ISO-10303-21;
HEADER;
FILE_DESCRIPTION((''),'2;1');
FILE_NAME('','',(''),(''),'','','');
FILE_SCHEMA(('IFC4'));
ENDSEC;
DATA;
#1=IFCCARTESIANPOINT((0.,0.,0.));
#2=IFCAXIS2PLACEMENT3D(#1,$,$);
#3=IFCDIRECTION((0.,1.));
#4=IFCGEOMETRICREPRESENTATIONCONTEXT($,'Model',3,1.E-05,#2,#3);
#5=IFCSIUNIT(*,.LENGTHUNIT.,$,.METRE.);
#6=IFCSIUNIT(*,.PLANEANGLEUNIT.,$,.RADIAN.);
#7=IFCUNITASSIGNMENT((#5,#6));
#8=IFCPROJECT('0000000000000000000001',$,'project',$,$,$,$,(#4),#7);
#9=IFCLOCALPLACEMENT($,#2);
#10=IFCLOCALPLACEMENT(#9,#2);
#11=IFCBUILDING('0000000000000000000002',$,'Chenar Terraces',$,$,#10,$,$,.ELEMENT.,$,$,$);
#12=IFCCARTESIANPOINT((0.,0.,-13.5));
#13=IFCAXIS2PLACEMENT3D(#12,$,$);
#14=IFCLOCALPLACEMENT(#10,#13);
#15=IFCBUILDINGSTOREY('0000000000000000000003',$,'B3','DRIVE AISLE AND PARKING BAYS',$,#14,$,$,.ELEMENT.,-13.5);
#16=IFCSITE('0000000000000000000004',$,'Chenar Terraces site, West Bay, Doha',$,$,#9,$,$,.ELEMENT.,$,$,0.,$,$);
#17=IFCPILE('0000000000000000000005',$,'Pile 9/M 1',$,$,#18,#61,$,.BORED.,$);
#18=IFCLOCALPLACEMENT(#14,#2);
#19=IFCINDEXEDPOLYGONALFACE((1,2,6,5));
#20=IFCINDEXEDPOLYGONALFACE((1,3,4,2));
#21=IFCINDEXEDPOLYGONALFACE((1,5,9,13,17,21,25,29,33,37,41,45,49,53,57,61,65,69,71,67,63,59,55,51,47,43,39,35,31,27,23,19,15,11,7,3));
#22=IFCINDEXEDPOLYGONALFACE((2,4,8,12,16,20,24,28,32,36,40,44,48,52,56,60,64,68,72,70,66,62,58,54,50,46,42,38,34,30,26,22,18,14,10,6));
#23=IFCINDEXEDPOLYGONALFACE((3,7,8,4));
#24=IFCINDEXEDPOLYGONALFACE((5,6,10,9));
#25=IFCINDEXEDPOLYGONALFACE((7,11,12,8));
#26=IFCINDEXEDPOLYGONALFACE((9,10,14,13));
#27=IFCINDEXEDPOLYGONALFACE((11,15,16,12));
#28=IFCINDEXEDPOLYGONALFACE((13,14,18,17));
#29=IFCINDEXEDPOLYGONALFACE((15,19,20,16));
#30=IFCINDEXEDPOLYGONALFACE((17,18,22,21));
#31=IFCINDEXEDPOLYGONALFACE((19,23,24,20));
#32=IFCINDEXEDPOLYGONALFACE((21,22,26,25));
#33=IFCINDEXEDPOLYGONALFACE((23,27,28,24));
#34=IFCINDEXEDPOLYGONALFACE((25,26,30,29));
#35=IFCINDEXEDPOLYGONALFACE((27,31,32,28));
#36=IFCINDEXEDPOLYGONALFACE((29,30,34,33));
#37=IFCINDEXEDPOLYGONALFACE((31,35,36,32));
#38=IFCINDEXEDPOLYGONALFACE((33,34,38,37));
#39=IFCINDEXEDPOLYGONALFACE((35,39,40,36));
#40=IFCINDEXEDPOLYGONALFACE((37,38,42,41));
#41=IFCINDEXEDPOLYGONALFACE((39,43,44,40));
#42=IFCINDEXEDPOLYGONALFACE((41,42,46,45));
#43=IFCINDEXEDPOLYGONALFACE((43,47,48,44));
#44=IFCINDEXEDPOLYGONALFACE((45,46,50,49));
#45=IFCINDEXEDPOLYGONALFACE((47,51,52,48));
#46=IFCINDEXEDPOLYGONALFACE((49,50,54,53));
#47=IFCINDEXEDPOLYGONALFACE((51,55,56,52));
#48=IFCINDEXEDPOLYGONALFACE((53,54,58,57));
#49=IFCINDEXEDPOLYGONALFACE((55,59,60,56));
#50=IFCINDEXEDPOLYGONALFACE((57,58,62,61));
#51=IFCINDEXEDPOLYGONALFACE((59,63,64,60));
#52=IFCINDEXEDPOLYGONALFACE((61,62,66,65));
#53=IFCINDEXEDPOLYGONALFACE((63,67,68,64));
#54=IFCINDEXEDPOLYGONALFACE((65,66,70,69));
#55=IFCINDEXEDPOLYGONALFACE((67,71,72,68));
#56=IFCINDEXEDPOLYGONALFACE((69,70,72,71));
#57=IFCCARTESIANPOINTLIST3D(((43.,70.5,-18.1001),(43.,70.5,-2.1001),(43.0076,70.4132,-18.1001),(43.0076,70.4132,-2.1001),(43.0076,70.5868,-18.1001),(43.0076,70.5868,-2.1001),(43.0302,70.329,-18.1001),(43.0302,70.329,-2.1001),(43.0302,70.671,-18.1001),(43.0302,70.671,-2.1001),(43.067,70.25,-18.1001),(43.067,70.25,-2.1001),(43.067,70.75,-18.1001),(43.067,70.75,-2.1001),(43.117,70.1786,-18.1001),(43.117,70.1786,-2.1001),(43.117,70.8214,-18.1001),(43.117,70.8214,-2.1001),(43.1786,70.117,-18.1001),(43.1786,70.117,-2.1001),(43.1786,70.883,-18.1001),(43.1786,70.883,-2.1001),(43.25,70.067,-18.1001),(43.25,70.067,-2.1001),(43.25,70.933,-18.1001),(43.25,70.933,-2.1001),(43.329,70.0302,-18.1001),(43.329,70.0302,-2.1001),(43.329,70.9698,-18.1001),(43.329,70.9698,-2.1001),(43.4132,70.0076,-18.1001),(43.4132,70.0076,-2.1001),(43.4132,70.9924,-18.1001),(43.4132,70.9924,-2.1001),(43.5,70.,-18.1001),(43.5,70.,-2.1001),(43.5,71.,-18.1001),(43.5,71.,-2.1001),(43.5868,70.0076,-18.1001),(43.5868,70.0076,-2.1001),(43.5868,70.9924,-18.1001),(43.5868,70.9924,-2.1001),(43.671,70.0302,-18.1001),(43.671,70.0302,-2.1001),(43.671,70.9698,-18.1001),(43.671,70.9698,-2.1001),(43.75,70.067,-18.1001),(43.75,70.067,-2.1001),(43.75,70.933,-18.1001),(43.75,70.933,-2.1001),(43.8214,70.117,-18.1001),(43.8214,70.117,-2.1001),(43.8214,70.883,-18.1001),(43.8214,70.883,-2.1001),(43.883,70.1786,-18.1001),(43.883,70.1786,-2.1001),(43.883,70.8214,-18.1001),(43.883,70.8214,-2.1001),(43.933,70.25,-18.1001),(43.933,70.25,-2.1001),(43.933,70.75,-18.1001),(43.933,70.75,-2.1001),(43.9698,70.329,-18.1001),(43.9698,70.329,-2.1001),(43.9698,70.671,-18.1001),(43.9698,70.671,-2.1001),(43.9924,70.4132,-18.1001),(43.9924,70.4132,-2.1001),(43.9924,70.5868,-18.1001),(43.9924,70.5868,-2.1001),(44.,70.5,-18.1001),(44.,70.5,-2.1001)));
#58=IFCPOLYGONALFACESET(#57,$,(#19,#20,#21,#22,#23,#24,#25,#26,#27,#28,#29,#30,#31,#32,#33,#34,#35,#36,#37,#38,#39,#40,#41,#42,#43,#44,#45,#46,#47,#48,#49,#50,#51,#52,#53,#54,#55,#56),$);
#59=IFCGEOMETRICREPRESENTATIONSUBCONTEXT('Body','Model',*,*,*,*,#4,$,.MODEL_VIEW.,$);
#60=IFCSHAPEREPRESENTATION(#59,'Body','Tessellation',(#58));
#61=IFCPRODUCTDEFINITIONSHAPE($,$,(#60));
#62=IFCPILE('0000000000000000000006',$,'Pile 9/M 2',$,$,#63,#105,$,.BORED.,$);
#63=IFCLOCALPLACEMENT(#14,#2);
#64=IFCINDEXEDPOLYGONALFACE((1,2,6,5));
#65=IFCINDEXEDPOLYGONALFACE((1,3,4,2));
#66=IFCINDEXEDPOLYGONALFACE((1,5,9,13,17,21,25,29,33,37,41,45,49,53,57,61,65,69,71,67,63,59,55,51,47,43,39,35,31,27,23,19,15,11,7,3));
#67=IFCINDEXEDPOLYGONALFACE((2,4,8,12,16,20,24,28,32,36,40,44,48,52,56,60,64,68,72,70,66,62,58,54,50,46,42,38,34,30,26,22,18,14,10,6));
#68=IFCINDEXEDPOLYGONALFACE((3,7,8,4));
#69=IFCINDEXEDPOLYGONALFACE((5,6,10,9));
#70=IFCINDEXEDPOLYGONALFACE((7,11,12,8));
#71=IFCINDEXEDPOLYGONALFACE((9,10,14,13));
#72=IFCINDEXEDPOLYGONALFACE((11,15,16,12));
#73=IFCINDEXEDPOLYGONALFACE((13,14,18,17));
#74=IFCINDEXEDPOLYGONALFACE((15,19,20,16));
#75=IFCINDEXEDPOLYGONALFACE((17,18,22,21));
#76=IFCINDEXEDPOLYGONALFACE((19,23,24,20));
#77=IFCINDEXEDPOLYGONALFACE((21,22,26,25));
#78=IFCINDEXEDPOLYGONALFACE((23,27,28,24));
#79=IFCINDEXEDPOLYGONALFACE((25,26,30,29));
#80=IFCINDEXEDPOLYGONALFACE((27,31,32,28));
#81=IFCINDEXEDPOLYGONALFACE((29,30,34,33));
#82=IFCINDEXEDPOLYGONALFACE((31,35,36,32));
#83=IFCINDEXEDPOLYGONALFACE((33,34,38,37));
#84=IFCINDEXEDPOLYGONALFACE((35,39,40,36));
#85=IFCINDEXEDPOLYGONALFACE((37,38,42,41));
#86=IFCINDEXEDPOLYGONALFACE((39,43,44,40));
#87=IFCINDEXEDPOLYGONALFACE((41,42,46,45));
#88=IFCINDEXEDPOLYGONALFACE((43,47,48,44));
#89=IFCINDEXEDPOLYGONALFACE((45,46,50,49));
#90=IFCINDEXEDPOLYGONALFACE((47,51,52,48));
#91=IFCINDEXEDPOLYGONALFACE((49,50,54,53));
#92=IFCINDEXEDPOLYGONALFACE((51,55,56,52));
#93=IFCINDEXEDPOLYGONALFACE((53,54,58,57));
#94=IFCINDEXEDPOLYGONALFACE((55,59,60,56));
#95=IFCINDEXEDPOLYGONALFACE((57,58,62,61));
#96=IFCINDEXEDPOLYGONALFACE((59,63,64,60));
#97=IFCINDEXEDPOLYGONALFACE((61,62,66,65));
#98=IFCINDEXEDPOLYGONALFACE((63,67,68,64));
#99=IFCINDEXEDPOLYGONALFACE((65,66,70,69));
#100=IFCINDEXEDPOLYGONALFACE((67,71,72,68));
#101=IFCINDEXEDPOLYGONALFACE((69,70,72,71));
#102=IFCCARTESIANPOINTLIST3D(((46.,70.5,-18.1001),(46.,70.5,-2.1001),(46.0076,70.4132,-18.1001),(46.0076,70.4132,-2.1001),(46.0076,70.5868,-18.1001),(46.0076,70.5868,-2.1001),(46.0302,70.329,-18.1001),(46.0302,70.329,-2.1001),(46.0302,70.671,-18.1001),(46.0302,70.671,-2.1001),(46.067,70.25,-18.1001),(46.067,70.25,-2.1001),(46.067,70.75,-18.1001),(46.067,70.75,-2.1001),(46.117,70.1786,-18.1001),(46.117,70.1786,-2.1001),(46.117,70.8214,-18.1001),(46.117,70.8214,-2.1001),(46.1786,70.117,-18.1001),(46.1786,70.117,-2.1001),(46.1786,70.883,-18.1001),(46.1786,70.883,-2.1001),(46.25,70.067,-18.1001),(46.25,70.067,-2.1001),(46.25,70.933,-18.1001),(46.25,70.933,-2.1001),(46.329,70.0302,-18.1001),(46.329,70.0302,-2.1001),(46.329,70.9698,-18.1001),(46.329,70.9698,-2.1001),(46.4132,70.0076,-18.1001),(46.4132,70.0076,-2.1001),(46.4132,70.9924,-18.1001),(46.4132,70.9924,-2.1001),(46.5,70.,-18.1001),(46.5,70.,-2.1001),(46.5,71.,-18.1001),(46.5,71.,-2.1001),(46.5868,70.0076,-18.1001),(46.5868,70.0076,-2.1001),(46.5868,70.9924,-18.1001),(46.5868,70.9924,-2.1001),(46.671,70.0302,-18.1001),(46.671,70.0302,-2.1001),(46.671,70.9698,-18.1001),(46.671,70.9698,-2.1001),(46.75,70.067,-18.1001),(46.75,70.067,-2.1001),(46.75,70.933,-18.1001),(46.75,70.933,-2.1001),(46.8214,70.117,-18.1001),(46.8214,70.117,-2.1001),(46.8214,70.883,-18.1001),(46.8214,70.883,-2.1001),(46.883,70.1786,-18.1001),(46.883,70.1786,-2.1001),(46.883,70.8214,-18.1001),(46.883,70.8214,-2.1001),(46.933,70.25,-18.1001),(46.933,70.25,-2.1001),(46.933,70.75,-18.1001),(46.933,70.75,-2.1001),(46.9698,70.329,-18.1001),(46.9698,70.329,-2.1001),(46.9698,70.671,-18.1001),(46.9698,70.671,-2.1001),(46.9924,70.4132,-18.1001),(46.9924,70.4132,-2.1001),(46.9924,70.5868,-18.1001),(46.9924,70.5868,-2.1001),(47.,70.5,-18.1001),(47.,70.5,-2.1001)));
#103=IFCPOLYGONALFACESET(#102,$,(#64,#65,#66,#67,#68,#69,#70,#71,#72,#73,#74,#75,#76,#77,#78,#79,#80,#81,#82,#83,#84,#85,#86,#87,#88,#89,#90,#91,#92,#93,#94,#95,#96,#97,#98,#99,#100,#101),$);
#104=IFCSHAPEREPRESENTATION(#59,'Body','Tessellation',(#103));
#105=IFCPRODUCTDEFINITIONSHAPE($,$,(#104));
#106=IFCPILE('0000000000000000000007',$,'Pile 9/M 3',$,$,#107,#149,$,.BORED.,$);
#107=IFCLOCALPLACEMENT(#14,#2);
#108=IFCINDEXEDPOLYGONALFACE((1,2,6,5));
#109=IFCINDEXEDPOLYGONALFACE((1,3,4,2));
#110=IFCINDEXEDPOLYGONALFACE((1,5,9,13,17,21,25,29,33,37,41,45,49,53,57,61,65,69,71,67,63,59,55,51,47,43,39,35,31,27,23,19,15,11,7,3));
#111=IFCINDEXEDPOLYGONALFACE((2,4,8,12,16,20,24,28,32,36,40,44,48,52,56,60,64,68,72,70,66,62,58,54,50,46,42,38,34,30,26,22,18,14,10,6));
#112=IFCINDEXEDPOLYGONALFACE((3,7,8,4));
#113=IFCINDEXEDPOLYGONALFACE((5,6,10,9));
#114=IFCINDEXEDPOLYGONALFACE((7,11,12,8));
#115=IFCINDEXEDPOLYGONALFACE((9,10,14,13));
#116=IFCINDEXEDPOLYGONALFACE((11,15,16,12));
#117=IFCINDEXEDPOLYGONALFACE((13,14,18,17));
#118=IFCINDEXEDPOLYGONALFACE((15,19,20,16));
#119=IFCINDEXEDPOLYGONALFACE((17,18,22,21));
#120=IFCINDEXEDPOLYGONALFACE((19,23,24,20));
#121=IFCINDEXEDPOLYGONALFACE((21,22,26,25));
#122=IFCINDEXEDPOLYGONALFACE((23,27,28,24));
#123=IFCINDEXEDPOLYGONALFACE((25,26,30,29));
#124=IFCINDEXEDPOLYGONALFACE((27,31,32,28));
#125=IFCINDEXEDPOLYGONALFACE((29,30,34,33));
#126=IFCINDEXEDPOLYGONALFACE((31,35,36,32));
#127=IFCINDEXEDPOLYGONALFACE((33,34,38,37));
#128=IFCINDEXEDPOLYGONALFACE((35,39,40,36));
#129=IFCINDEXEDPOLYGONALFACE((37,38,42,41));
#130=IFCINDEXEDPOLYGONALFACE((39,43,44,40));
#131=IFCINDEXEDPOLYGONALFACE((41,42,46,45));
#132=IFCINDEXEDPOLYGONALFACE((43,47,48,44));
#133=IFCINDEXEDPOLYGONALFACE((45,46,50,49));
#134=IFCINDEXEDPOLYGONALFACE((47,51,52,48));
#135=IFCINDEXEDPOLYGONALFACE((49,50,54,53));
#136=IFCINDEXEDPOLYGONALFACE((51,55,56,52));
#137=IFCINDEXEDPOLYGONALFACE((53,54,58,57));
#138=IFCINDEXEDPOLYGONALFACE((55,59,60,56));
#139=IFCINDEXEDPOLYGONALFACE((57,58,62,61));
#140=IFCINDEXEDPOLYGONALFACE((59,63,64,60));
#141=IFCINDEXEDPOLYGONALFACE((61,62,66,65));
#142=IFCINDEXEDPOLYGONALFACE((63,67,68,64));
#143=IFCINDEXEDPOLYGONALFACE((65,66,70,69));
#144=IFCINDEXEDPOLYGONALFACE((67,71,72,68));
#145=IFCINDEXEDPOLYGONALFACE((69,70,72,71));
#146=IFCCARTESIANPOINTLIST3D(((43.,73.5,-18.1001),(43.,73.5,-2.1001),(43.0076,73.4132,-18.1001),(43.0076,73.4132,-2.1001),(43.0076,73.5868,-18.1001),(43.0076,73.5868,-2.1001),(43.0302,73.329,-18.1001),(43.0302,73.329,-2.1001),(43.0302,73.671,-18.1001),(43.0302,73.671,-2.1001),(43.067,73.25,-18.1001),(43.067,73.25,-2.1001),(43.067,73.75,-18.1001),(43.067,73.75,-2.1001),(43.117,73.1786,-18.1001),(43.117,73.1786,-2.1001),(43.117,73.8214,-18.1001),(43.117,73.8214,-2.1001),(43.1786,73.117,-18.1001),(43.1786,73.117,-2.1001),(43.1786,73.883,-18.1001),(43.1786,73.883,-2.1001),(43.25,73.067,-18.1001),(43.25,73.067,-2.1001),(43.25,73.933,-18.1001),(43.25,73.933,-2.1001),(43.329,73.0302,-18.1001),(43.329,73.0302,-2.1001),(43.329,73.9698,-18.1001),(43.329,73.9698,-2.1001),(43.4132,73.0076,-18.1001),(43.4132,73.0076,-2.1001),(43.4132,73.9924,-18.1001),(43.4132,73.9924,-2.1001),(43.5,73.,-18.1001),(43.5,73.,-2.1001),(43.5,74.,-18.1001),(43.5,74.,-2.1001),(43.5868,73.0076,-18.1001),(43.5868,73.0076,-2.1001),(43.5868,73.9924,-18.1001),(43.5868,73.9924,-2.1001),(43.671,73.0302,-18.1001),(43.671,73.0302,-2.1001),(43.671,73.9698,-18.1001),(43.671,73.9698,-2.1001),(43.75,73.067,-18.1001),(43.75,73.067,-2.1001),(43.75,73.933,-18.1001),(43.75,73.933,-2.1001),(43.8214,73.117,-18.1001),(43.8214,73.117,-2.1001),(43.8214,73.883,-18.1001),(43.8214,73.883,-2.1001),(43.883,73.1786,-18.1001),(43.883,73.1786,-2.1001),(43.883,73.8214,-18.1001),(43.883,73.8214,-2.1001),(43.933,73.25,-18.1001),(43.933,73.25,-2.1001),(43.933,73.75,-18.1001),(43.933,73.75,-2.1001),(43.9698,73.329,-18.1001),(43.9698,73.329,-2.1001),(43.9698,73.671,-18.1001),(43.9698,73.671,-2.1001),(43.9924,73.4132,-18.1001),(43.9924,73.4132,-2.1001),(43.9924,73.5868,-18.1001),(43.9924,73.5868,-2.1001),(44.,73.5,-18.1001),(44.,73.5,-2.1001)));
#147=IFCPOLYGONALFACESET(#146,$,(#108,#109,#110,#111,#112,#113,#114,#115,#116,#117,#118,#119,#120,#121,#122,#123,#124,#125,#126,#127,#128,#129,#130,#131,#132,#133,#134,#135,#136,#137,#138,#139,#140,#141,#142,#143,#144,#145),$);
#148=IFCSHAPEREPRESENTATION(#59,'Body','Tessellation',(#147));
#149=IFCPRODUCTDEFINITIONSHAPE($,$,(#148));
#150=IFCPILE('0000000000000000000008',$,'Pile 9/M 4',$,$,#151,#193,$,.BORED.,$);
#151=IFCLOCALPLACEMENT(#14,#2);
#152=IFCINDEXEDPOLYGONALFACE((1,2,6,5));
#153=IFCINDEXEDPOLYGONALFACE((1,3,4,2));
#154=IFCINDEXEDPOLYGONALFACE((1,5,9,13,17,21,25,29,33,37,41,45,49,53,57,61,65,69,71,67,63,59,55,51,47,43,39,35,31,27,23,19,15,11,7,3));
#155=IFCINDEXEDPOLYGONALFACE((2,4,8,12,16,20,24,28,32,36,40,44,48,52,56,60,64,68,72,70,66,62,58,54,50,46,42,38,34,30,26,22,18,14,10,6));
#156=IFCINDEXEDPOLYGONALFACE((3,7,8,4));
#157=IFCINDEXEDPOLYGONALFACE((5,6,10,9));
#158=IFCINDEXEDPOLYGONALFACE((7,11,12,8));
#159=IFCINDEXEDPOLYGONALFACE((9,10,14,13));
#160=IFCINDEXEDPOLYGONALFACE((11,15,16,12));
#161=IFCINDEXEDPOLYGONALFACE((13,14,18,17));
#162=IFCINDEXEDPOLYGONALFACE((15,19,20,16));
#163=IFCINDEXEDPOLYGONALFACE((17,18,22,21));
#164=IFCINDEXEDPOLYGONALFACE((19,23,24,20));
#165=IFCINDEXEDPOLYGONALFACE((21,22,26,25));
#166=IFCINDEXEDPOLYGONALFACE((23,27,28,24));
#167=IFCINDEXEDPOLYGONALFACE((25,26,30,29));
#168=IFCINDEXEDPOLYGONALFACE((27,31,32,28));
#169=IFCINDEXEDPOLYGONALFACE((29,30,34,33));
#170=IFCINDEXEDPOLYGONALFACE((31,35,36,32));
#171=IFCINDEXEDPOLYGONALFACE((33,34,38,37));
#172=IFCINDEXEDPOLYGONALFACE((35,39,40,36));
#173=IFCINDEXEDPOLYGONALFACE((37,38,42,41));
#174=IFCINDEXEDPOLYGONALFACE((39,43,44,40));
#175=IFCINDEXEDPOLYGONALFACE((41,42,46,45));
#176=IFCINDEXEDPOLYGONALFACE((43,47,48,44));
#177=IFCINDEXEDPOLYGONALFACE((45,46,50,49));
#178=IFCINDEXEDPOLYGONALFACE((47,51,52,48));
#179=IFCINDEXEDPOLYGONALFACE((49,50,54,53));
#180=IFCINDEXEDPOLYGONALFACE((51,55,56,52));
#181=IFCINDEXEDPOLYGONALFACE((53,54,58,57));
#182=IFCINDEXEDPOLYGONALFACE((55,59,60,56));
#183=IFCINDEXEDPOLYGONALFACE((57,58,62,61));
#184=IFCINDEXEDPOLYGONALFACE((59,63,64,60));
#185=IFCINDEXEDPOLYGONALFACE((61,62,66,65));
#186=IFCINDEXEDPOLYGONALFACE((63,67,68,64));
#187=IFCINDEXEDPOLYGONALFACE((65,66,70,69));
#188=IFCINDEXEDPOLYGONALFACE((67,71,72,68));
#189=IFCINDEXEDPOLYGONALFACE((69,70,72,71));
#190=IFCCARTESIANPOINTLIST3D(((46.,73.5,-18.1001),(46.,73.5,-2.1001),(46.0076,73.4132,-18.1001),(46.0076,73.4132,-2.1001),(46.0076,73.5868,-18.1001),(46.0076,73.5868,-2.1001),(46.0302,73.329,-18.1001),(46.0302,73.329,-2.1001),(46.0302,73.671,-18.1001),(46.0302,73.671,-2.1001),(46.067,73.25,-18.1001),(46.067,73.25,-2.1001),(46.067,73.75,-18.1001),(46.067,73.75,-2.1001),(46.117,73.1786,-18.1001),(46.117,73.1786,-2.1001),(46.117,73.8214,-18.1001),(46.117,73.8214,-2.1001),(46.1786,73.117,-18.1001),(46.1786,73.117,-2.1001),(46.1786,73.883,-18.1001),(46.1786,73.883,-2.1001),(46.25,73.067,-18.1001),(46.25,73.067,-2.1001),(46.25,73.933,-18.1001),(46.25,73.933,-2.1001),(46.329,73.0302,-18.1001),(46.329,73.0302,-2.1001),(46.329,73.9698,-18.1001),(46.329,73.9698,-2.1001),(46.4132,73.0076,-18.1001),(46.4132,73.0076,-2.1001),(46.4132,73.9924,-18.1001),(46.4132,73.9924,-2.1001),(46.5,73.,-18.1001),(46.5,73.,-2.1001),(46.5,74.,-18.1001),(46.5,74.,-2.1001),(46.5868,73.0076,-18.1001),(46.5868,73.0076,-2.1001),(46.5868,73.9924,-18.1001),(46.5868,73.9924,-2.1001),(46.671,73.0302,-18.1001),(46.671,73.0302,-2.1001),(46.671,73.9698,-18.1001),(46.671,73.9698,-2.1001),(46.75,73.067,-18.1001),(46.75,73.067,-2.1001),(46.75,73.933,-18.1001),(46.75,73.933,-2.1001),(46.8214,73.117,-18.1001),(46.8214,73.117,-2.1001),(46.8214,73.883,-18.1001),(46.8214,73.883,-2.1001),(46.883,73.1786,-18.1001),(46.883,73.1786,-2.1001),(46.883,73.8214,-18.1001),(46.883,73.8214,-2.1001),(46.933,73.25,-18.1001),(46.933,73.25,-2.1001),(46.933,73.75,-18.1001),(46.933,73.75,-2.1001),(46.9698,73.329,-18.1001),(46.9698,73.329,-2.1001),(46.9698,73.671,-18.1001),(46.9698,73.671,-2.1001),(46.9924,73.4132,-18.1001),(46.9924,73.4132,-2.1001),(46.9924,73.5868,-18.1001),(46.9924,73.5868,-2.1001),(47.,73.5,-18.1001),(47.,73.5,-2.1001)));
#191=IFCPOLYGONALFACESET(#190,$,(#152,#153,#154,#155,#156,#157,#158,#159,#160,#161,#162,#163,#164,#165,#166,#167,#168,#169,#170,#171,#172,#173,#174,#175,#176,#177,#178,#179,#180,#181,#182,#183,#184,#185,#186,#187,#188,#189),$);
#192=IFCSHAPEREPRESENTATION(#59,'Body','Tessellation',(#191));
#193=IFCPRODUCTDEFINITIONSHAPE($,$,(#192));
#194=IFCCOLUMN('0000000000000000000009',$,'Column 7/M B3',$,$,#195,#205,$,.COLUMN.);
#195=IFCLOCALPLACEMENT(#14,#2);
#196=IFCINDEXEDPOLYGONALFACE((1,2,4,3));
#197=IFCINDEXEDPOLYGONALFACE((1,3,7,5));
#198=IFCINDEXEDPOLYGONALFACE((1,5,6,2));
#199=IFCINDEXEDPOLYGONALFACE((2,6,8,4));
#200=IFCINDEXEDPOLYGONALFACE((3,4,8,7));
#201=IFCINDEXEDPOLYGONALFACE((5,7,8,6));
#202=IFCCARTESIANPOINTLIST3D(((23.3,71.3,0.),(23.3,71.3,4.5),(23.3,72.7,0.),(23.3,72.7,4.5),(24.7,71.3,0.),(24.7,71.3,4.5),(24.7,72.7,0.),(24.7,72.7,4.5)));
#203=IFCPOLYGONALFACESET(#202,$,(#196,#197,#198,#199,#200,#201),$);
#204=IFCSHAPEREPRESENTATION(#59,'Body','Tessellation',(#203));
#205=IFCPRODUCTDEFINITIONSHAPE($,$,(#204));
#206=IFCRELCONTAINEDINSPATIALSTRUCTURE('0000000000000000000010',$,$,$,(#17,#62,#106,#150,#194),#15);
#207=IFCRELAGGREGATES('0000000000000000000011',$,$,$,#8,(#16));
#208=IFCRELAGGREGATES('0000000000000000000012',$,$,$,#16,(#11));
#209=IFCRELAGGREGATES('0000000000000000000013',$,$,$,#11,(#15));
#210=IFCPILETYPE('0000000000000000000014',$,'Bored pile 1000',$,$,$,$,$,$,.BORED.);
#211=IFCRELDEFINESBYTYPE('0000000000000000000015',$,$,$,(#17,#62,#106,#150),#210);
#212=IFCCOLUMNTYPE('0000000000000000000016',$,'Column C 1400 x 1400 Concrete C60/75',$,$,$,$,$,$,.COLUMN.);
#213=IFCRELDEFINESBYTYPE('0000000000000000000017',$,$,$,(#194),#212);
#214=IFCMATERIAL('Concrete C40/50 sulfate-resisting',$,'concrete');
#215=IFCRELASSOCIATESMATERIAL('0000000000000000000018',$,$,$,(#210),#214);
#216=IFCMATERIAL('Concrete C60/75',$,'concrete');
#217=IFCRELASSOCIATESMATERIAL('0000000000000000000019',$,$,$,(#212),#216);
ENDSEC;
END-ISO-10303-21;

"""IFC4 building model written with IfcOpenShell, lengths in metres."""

from ifc_helpers import new_model, si_unit, direction, frame, origin, origin_2d, place, context, subcontext, project, spatial, rectangle, circle, extrude, material, material_profile, profile_set, type_object, element, save


model = new_model("IFC4")

# Units and contexts
model_context = context("Model", 3, precision=1e-05, world=origin(), true_north=direction((0.0, 1.0)))
body_context = subcontext(model_context, "Body", "Model", "MODEL_VIEW")
ifc_project = project(units=[si_unit("LENGTHUNIT", "METRE"), si_unit("PLANEANGLEUNIT", "RADIAN")], contexts=[model_context])

# Site, building, storey
site_placement = place(None, origin())
site = spatial("IfcSite", under=ifc_project, at=site_placement, Name="Chenar Terraces site, West Bay, Doha", CompositionType="ELEMENT", RefElevation=0.0)
building_placement = place(site_placement, origin())
building = spatial("IfcBuilding", under=site, at=building_placement, Name="Chenar Terraces", CompositionType="ELEMENT")
storey_placement = place(building_placement, frame((0.0, 0.0, -13.5)))
storey = spatial("IfcBuildingStorey", under=building, at=storey_placement, Name="B3", Description="DRIVE AISLE AND PARKING BAYS", CompositionType="ELEMENT", Elevation=-13.5)

# Piles
ifc_material_1 = material(Name="Concrete C40/50 sulfate-resisting", Category="concrete")
ifc_material_profile_1 = material_profile(ifc_material_1, circle(Radius=0.5, at=origin_2d()), Name="BP 1000")
ifc_profile_set_1 = profile_set([ifc_material_profile_1], Name="Concrete C40/50 sulfate-resisting")
pile_type = type_object("IfcPileType", Name="Bored pile 1000", PredefinedType="BORED", material=ifc_profile_set_1)
for number, where, z_axis, x_axis, name in (
    (1, (43.5, 70.5, -2.1001), (0.0, 0.0, -1.0), (1.0, 0.0, 0.0), "Pile 9/M 1"),
    (2, (46.5, 70.5, -2.1001), (0.0, 0.0, -1.0), (1.0, 0.0, 0.0), "Pile 9/M 2"),
    (3, (43.5, 73.5, -2.1001), (0.0, 0.0, -1.0), (1.0, 0.0, 0.0), "Pile 9/M 3"),
    (4, (46.5, 73.5, -2.1001), (0.0, 0.0, -1.0), (1.0, 0.0, 0.0), "Pile 9/M 4"),
):
    element("IfcPile", number, at=place(storey_placement, frame(where, z_axis=z_axis, x_axis=x_axis)), inside=storey, type_object=pile_type, Name=name, PredefinedType="BORED", context=body_context, shape_type="SweptSolid", body=[
        extrude(circle(Radius=0.5, at=origin_2d()), origin(), (0.0, 0.0, 1.0), 16.0),
    ])

# Column
ifc_material_2 = material(Name="Concrete C60/75", Category="concrete")
ifc_material_profile_2 = material_profile(ifc_material_2, rectangle(XDim=1.3999, YDim=1.3999, at=origin_2d()), Name="C 1400 x 1400")
ifc_profile_set_2 = profile_set([ifc_material_profile_2], Name="Concrete C60/75")
column_type = type_object("IfcColumnType", Name="Column C 1400 x 1400 Concrete C60/75", PredefinedType="COLUMN", material=ifc_profile_set_2)
for number, where, z_axis, x_axis, name in (
    (5, (24.0, 72.0, 0.0), (0.0, 0.0, 1.0), (1.0, 0.0, 0.0), "Column 7/M B3"),
):
    element("IfcColumn", number, at=place(storey_placement, frame(where, z_axis=z_axis, x_axis=x_axis)), inside=storey, type_object=column_type, Name=name, PredefinedType="COLUMN", context=body_context, shape_type="SweptSolid", body=[
        extrude(rectangle(XDim=1.3999, YDim=1.3999, at=origin_2d()), origin(), (0.0, 0.0, 1.0), 4.5),
    ])

save(model, "model.ifc")
